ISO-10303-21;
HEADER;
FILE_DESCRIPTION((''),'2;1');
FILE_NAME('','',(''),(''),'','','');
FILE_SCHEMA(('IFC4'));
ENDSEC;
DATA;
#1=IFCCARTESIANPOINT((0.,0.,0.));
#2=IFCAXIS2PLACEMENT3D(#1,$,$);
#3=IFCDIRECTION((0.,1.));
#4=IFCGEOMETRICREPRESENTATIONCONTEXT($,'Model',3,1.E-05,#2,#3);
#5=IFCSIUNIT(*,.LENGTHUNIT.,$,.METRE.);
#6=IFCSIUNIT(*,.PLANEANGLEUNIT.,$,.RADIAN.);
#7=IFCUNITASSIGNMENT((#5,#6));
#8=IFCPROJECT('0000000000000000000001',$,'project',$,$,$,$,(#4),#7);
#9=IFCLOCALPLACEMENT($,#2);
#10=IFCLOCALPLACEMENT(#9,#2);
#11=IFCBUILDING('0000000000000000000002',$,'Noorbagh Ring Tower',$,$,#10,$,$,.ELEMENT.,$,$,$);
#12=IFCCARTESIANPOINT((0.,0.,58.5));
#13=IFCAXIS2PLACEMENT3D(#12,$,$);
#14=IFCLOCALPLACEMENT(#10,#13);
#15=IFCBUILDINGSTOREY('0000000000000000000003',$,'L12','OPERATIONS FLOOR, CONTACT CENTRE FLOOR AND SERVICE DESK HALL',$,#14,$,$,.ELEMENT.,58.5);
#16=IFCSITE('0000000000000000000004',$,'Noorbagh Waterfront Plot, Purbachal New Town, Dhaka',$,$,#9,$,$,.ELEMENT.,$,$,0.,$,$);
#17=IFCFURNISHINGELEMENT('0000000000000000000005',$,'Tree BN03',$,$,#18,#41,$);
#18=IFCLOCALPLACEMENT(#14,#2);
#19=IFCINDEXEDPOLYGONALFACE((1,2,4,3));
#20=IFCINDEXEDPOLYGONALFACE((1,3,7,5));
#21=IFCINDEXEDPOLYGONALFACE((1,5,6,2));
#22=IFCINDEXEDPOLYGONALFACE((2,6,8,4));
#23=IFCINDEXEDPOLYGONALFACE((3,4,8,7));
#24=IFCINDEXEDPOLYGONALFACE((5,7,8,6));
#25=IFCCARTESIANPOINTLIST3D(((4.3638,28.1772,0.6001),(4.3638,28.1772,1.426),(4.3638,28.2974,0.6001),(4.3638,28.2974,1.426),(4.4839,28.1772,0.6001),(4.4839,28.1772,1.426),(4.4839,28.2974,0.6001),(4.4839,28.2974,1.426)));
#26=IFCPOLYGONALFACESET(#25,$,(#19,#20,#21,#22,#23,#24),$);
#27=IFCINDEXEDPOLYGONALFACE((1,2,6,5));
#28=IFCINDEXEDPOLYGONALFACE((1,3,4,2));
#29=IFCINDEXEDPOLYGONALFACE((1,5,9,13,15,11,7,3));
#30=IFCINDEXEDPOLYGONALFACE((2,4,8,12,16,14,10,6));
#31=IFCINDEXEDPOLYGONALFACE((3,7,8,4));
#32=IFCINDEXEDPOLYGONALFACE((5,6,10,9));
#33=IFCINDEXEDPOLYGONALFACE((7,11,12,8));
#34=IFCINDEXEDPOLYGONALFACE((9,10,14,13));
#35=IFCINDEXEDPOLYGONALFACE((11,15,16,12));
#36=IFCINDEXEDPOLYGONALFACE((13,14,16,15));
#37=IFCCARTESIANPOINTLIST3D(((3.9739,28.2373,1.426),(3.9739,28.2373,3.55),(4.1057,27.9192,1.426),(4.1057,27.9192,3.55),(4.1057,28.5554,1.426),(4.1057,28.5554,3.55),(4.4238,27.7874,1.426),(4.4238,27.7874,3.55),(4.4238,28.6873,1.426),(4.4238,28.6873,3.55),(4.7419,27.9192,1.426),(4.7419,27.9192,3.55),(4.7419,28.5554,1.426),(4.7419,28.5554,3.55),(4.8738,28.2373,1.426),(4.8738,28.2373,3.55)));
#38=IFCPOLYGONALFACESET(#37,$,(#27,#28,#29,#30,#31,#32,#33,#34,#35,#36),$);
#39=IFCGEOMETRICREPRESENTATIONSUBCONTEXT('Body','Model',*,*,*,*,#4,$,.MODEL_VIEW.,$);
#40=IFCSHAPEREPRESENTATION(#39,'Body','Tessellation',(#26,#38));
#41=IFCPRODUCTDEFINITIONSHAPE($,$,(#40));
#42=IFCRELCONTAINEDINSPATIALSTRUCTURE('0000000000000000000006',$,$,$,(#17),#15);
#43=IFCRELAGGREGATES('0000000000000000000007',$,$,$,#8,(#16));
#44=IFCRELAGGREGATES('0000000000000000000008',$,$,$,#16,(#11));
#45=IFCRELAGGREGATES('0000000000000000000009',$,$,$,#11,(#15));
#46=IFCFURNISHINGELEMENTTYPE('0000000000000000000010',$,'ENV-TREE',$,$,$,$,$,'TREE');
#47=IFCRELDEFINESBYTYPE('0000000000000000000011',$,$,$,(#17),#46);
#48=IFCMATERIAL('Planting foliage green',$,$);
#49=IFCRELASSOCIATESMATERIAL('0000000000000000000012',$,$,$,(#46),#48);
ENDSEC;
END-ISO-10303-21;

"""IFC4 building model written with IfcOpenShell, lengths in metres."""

from ifc_helpers import new_model, si_unit, direction, frame, origin, origin_2d, place, context, subcontext, project, spatial, polyline, rectangle, outline, extrude, material, type_object, element, save


model = new_model("IFC4")

# Units and contexts
model_context = context("Model", 3, precision=1e-05, world=origin(), true_north=direction((0.0, 1.0)))
body_context = subcontext(model_context, "Body", "Model", "MODEL_VIEW")
ifc_project = project(units=[si_unit("LENGTHUNIT", "METRE"), si_unit("PLANEANGLEUNIT", "RADIAN")], contexts=[model_context])

# Site, building, storey
site_placement = place(None, origin())
site = spatial("IfcSite", under=ifc_project, at=site_placement, Name="Noorbagh Waterfront Plot, Purbachal New Town, Dhaka", CompositionType="ELEMENT", RefElevation=0.0)
building_placement = place(site_placement, origin())
building = spatial("IfcBuilding", under=site, at=building_placement, Name="Noorbagh Ring Tower", CompositionType="ELEMENT")
storey_placement = place(building_placement, frame((0.0, 0.0, 58.5)))
storey = spatial("IfcBuildingStorey", under=building, at=storey_placement, Name="L12", Description="OPERATIONS FLOOR, CONTACT CENTRE FLOOR AND SERVICE DESK HALL", CompositionType="ELEMENT", Elevation=58.5)

# Furnishing element
ifc_material_1 = material(Name="Planting foliage green")
furnishing_element_type = type_object("IfcFurnishingElementType", Name="ENV-TREE", ElementType="TREE", material=ifc_material_1)
furnishing_placement = place(storey_placement, frame((4.4238, 28.2373, 0.6001), z_axis=(0.0, 0.0, 1.0), x_axis=(1.0, 0.0, 0.0)))
element("IfcFurnishingElement", 1, at=furnishing_placement, inside=storey, type_object=furnishing_element_type, Name="Tree BN03", context=body_context, shape_type="SweptSolid", body=[
    extrude(rectangle(XDim=0.1201, YDim=0.1201, at=origin_2d()), origin(), (0.0, 0.0, 1.0), 0.8259),
    extrude(outline(polyline([(0.45, 0.0), (0.3181, 0.3181), (0.0, 0.45), (-0.3181, 0.3181), (-0.45, 0.0), (-0.3181, -0.3181), (0.0, -0.45), (0.3181, -0.3181), (0.45, 0.0)])), frame((0.0, 0.0, 0.8259)), (0.0, 0.0, 1.0), 2.124),
])

save(model, "model.ifc")
